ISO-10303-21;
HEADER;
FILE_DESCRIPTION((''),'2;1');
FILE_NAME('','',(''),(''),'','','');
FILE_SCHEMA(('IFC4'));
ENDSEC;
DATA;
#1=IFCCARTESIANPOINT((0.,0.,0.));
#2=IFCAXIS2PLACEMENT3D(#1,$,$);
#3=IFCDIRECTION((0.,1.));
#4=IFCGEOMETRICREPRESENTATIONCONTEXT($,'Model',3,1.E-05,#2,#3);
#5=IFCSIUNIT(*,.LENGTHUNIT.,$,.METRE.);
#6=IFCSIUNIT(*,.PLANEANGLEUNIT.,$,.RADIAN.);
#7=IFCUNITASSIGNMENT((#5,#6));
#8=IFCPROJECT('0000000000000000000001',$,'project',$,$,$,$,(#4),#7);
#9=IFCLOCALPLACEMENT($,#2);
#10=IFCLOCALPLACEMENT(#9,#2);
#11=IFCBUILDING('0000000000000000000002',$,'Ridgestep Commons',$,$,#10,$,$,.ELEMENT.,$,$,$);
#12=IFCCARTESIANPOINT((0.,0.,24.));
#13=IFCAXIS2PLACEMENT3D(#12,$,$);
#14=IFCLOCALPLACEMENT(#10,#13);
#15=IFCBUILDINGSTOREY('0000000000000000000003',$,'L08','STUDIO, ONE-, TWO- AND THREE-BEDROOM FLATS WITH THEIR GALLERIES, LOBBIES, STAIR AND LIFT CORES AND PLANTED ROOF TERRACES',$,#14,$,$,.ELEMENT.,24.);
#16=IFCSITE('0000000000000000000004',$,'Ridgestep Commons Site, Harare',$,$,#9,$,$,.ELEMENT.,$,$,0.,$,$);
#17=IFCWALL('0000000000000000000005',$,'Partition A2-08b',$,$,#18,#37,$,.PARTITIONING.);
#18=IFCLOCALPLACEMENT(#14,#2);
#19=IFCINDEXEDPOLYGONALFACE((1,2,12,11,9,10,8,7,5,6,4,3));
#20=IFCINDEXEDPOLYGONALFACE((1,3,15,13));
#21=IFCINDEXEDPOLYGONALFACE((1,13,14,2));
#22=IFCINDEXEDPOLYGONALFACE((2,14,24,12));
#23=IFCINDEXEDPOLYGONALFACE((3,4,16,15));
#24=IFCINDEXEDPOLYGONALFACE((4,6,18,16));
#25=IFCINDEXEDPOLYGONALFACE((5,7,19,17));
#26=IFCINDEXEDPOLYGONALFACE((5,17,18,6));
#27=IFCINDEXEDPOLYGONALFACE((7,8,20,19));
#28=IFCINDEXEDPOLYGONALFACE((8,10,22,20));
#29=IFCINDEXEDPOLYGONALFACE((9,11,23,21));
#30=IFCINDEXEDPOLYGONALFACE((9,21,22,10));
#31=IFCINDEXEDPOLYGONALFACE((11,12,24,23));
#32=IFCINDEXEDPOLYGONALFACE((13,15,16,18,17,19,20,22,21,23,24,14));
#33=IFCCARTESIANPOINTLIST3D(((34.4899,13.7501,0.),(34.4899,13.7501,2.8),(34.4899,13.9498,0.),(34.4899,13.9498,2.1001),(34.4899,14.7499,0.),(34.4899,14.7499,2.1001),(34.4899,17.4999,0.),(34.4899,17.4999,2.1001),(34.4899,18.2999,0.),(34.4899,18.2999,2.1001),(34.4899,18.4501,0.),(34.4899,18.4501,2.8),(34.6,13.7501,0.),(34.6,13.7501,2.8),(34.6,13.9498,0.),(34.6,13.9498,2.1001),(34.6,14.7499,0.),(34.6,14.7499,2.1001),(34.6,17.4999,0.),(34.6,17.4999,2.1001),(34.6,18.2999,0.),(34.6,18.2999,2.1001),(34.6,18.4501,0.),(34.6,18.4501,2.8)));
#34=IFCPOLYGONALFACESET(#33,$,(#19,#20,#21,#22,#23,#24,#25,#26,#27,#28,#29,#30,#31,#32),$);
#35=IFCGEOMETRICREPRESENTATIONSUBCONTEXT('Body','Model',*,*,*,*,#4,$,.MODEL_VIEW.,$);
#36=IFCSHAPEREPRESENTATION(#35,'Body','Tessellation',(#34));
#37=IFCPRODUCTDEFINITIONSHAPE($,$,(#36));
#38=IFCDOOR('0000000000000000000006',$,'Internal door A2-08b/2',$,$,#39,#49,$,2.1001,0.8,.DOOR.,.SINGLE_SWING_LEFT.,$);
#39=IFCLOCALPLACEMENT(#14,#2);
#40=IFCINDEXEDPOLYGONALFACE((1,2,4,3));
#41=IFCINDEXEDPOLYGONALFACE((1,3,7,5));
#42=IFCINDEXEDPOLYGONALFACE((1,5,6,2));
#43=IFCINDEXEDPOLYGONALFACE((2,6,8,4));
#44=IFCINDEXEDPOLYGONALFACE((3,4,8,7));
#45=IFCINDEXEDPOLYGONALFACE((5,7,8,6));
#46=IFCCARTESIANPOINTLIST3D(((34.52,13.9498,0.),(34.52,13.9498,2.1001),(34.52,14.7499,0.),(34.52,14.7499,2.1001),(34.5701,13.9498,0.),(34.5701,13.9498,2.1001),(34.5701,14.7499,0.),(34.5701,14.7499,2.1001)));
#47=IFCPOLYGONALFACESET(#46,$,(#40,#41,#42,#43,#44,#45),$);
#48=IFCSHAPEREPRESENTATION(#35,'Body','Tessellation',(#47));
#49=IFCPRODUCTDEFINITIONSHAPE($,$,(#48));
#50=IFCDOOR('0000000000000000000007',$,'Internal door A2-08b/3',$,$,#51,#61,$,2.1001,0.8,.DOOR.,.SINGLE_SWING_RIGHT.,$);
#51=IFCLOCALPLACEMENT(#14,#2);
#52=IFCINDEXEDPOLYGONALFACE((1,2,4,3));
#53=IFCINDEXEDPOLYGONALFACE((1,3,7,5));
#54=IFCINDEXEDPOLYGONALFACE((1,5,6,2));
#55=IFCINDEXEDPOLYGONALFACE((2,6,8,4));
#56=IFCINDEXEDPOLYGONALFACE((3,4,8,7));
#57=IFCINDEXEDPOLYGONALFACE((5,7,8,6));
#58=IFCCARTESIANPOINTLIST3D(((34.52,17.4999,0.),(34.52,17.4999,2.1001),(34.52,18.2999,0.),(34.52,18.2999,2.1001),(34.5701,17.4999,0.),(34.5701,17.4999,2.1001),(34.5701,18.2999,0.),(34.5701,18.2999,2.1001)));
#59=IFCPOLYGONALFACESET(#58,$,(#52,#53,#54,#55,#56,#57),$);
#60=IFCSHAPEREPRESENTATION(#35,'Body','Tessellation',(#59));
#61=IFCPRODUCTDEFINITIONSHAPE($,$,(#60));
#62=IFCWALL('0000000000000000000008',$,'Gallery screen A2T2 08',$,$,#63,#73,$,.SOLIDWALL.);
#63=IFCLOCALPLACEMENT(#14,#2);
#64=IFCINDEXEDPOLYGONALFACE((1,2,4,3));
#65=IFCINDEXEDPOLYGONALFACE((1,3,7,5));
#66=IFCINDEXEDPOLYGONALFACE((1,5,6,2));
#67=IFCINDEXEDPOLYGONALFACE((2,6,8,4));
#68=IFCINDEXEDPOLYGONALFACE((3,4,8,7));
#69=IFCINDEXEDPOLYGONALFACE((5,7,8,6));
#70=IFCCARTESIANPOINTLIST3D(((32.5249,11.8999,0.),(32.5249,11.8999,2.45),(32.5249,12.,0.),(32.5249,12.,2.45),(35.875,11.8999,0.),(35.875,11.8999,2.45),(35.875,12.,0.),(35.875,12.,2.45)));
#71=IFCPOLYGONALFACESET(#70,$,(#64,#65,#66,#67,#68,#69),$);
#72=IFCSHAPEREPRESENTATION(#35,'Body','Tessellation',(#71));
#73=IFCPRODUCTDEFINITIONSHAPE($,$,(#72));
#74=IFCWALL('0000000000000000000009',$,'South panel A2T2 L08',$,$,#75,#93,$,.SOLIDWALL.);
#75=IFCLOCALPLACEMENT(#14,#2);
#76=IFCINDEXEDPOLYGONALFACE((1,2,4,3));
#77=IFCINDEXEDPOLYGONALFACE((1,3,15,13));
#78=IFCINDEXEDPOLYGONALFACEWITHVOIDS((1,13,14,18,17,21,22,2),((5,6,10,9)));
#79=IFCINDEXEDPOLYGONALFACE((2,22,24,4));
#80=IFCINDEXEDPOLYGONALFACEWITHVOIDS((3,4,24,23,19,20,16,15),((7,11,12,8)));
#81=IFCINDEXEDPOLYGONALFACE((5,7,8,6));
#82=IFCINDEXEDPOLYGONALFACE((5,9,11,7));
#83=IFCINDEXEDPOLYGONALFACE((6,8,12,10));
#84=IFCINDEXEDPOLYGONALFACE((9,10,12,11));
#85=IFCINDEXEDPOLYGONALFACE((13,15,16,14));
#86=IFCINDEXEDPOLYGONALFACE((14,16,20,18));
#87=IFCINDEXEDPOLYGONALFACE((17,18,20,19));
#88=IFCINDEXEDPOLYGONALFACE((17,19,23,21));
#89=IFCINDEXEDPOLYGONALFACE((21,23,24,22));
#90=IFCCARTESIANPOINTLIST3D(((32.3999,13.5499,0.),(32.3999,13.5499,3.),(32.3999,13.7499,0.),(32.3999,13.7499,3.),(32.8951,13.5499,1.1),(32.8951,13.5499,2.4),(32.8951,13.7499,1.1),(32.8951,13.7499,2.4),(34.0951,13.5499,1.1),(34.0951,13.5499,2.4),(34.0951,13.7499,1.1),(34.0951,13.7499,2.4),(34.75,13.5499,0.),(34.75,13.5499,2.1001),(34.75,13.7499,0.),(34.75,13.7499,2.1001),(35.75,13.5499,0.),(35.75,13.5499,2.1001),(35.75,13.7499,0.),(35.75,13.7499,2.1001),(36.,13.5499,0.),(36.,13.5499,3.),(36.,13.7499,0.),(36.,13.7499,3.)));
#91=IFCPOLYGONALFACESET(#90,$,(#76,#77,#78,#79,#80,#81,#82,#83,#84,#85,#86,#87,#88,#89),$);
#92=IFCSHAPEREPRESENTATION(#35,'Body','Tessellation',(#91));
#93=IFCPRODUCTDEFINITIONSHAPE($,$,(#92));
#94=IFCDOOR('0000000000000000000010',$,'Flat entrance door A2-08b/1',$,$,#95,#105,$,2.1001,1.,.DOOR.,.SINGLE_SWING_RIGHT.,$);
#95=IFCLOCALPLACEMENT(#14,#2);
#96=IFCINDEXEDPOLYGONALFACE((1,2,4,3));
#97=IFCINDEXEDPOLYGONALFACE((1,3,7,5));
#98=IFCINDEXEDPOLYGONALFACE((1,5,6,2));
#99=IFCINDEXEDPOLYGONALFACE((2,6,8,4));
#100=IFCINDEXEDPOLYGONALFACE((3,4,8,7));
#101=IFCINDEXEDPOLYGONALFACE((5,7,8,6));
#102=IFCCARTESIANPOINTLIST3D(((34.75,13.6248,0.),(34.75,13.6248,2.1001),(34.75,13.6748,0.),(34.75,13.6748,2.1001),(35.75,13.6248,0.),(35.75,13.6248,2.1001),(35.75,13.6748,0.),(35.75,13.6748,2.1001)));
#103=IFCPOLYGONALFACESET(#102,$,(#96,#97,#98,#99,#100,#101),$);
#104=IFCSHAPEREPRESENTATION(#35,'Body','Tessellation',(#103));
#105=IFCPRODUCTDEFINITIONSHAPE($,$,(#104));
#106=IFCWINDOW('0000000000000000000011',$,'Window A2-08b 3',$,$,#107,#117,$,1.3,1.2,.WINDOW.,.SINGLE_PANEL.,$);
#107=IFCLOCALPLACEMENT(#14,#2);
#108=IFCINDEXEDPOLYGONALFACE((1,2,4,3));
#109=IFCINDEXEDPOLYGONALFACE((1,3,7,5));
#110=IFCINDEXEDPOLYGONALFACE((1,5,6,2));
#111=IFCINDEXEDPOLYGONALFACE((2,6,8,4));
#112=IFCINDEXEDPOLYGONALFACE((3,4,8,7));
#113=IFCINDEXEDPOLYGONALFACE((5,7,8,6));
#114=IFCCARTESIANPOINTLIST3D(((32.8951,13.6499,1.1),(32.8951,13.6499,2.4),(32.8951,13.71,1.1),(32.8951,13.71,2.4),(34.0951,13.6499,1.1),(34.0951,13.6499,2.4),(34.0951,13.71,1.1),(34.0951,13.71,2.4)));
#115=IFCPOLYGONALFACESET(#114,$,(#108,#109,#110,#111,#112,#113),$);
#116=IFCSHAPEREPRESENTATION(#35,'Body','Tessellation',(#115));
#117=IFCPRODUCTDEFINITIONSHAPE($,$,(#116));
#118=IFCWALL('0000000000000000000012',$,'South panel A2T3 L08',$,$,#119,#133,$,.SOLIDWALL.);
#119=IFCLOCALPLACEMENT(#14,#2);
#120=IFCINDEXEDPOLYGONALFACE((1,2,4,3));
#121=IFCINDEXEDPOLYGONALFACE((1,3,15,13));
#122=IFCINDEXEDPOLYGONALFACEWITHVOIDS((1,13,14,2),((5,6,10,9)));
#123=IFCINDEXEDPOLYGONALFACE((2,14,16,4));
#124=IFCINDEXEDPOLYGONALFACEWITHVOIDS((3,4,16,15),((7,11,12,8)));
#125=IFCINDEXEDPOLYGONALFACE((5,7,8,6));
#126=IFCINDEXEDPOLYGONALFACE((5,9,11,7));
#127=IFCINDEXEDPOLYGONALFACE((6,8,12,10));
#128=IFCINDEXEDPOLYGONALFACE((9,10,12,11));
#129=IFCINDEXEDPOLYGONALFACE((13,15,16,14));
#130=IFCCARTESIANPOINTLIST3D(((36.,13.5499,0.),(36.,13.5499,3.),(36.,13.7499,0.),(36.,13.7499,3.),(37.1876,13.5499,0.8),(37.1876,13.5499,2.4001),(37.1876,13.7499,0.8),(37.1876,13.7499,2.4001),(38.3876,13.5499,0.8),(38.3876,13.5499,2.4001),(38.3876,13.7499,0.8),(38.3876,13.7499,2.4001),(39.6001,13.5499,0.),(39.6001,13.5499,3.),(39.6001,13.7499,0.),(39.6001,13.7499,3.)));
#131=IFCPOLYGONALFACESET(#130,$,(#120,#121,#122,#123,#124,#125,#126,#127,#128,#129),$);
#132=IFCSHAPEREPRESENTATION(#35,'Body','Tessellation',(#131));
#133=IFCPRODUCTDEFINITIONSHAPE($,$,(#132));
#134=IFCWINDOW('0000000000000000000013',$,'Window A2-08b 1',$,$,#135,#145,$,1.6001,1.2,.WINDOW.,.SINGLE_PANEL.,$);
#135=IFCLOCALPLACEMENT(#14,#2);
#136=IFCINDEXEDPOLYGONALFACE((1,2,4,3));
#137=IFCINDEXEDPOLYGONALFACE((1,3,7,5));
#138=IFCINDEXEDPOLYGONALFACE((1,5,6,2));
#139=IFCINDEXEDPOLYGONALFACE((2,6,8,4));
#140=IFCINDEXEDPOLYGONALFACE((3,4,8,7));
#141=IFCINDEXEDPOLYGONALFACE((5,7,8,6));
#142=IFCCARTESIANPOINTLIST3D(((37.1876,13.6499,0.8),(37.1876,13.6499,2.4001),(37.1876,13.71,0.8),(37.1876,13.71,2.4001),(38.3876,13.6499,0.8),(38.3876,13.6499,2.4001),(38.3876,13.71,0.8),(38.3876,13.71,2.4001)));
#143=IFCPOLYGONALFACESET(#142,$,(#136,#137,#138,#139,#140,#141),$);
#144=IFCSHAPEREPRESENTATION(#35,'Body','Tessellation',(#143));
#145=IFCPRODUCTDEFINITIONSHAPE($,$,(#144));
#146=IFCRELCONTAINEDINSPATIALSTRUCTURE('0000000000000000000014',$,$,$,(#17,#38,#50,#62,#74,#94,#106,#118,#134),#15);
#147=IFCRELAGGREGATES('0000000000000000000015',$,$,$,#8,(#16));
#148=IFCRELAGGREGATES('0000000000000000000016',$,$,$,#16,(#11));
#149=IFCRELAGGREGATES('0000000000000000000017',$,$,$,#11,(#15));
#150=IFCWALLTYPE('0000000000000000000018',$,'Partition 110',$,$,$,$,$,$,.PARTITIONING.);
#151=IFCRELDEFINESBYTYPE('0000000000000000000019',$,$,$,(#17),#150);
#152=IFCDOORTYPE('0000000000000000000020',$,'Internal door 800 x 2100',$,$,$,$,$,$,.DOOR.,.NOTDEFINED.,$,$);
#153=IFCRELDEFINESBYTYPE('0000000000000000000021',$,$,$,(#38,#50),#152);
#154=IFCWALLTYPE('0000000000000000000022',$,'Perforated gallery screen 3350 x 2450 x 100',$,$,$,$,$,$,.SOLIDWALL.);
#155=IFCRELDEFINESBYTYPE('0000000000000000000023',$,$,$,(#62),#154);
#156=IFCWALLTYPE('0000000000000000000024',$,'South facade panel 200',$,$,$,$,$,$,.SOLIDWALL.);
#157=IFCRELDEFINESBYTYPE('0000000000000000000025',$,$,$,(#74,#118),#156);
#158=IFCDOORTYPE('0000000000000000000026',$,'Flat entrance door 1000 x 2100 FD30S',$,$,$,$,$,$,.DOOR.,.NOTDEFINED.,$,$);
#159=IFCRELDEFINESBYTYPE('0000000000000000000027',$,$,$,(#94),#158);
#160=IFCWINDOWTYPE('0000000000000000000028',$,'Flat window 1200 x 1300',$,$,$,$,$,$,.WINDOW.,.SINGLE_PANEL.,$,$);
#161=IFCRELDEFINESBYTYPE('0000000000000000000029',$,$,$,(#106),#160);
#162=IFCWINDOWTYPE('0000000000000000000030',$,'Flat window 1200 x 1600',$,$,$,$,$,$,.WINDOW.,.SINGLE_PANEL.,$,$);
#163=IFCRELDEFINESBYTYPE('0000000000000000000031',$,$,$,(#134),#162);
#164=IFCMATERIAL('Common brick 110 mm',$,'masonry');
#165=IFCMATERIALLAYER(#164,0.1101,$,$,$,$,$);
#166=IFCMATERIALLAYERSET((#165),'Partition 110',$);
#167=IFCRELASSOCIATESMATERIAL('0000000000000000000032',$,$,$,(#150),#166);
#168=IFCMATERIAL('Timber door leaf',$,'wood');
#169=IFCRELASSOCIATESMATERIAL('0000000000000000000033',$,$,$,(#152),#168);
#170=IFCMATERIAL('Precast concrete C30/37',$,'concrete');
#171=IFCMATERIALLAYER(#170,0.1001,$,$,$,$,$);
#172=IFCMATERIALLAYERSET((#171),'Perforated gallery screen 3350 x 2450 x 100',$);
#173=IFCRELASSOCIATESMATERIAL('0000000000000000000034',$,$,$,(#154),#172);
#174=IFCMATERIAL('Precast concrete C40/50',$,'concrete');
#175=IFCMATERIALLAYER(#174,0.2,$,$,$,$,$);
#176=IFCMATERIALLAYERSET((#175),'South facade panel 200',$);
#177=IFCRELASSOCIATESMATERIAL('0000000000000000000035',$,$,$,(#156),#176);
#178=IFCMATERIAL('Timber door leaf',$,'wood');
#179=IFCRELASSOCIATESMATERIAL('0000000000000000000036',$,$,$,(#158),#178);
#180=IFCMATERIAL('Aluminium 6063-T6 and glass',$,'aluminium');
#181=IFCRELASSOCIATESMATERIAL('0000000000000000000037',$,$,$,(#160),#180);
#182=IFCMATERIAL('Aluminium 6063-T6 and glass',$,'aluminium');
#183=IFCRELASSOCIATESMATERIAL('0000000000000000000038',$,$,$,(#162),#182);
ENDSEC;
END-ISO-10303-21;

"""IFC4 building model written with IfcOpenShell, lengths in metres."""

from ifc_helpers import new_model, si_unit, direction, frame, frame_2d, origin, place, context, subcontext, project, spatial, rectangle, extrude, material, layer, layer_set, type_object, element, fill, save


model = new_model("IFC4")

# Units and contexts
model_context = context("Model", 3, precision=1e-05, world=origin(), true_north=direction((0.0, 1.0)))
body_context = subcontext(model_context, "Body", "Model", "MODEL_VIEW")
ifc_project = project(units=[si_unit("LENGTHUNIT", "METRE"), si_unit("PLANEANGLEUNIT", "RADIAN")], contexts=[model_context])

# Site, building, storey
site_placement = place(None, origin())
site = spatial("IfcSite", under=ifc_project, at=site_placement, Name="Ridgestep Commons Site, Harare", CompositionType="ELEMENT", RefElevation=0.0)
building_placement = place(site_placement, origin())
building = spatial("IfcBuilding", under=site, at=building_placement, Name="Ridgestep Commons", CompositionType="ELEMENT")
storey_placement = place(building_placement, frame((0.0, 0.0, 24.0)))
storey = spatial("IfcBuildingStorey", under=building, at=storey_placement, Name="L08", Description="STUDIO, ONE-, TWO- AND THREE-BEDROOM FLATS WITH THEIR GALLERIES, LOBBIES, STAIR AND LIFT CORES AND PLANTED ROOF TERRACES", CompositionType="ELEMENT", Elevation=24.0)

# Wall, openings, doors
ifc_material_1 = material(Name="Common brick 110 mm", Category="masonry")
ifc_layer_1 = layer(ifc_material_1, 0.1101)
ifc_layer_set_1 = layer_set([ifc_layer_1], Name="Partition 110")
wall_type_1 = type_object("IfcWallType", Name="Partition 110", PredefinedType="PARTITIONING", material=ifc_layer_set_1)
ifc_material_2 = material(Name="Timber door leaf", Category="wood")
door_type_1 = type_object("IfcDoorType", Name="Internal door 800 x 2100", OperationType="NOTDEFINED", PredefinedType="DOOR", material=ifc_material_2)
wall_1_placement = place(storey_placement, frame((34.5449, 13.75, 0.0), z_axis=(0.0, 0.0, 1.0), x_axis=(0.0, 1.0, 0.0)))
wall_1 = element("IfcWall", 1, at=wall_1_placement, inside=storey, type_object=wall_type_1, Name="Partition A2-08b", PredefinedType="PARTITIONING", context=body_context, shape_type="SweptSolid", body=[
    extrude(rectangle(XDim=4.7, YDim=0.1101, at=frame_2d((2.3501, 0.0))), origin(), (0.0, 0.0, 1.0), 2.8),
])
opening_1_placement = place(wall_1_placement, frame((0.2, 0.0, 0.0)))
opening_1 = element("IfcOpeningElement", 2, at=opening_1_placement, cuts=wall_1, PredefinedType="OPENING", context=body_context, shape_type="SweptSolid", body=[
    extrude(rectangle(XDim=0.8, YDim=2.1001, at=frame_2d((0.3999, 1.05))), frame((0.0, 0.0649, 0.0), z_axis=(0.0, -1.0, 0.0), x_axis=(1.0, 0.0, 0.0)), (0.0, 0.0, 1.0), 0.1301),
])
opening_2_placement = place(wall_1_placement, frame((3.75, 0.0, 0.0)))
opening_2 = element("IfcOpeningElement", 3, at=opening_2_placement, cuts=wall_1, PredefinedType="OPENING", context=body_context, shape_type="SweptSolid", body=[
    extrude(rectangle(XDim=0.8, YDim=2.1001, at=frame_2d((0.3999, 1.05))), frame((0.0, 0.0649, 0.0), z_axis=(0.0, -1.0, 0.0), x_axis=(1.0, 0.0, 0.0)), (0.0, 0.0, 1.0), 0.1301),
])
door_1_placement = place(opening_1_placement, origin())
door_1 = element("IfcDoor", 4, at=door_1_placement, inside=storey, type_object=door_type_1, Name="Internal door A2-08b/2", OperationType="SINGLE_SWING_LEFT", OverallHeight=2.1001, OverallWidth=0.8, PredefinedType="DOOR", context=body_context, shape_type="SweptSolid", body=[
    extrude(rectangle(XDim=0.8, YDim=2.1001, at=frame_2d((0.3999, 1.05))), frame((0.0, 0.0249, 0.0), z_axis=(0.0, -1.0, 0.0), x_axis=(1.0, 0.0, 0.0)), (0.0, 0.0, 1.0), 0.05),
])
fill(opening_1, door_1)
door_2_placement = place(opening_2_placement, origin())
door_2 = element("IfcDoor", 5, at=door_2_placement, inside=storey, type_object=door_type_1, Name="Internal door A2-08b/3", OperationType="SINGLE_SWING_RIGHT", OverallHeight=2.1001, OverallWidth=0.8, PredefinedType="DOOR", context=body_context, shape_type="SweptSolid", body=[
    extrude(rectangle(XDim=0.8, YDim=2.1001, at=frame_2d((0.3999, 1.05))), frame((0.0, 0.0249, 0.0), z_axis=(0.0, -1.0, 0.0), x_axis=(1.0, 0.0, 0.0)), (0.0, 0.0, 1.0), 0.05),
])
fill(opening_2, door_2)

# Wall
ifc_material_3 = material(Name="Precast concrete C30/37", Category="concrete")
ifc_layer_2 = layer(ifc_material_3, 0.1001)
ifc_layer_set_2 = layer_set([ifc_layer_2], Name="Perforated gallery screen 3350 x 2450 x 100")
wall_type_2 = type_object("IfcWallType", Name="Perforated gallery screen 3350 x 2450 x 100", PredefinedType="SOLIDWALL", material=ifc_layer_set_2)
wall_2_placement = place(storey_placement, frame((32.5249, 11.95, 0.0), z_axis=(0.0, 0.0, 1.0), x_axis=(1.0, 0.0, 0.0)))
element("IfcWall", 6, at=wall_2_placement, inside=storey, type_object=wall_type_2, Name="Gallery screen A2T2 08", PredefinedType="SOLIDWALL", context=body_context, shape_type="SweptSolid", body=[
    extrude(rectangle(XDim=3.3501, YDim=0.1001, at=frame_2d((1.675, 0.0))), origin(), (0.0, 0.0, 1.0), 2.45),
])

# Wall, openings, door, window
ifc_material_4 = material(Name="Precast concrete C40/50", Category="concrete")
ifc_layer_3 = layer(ifc_material_4, 0.2)
ifc_layer_set_3 = layer_set([ifc_layer_3], Name="South facade panel 200")
wall_type_3 = type_object("IfcWallType", Name="South facade panel 200", PredefinedType="SOLIDWALL", material=ifc_layer_set_3)
wall_3_placement = place(storey_placement, frame((32.3999, 13.6499, 0.0), z_axis=(0.0, 0.0, 1.0), x_axis=(1.0, 0.0, 0.0)))
wall_3 = element("IfcWall", 7, at=wall_3_placement, inside=storey, type_object=wall_type_3, Name="South panel A2T2 L08", PredefinedType="SOLIDWALL", context=body_context, shape_type="SweptSolid", body=[
    extrude(rectangle(XDim=3.6001, YDim=0.2, at=frame_2d((1.8, 0.0))), origin(), (0.0, 0.0, 1.0), 3.0),
])
opening_3_placement = place(wall_3_placement, frame((0.4951, 0.0, 1.1001)))
opening_3 = element("IfcOpeningElement", 8, at=opening_3_placement, cuts=wall_3, PredefinedType="OPENING", context=body_context, shape_type="SweptSolid", body=[
    extrude(rectangle(XDim=1.2, YDim=1.3, at=frame_2d((0.6001, 0.6499))), frame((0.0, 0.1099, 0.0), z_axis=(0.0, -1.0, 0.0), x_axis=(1.0, 0.0, 0.0)), (0.0, 0.0, 1.0), 0.22),
])
opening_4_placement = place(wall_3_placement, frame((2.3501, 0.0, 0.0)))
opening_4 = element("IfcOpeningElement", 9, at=opening_4_placement, cuts=wall_3, PredefinedType="OPENING", context=body_context, shape_type="SweptSolid", body=[
    extrude(rectangle(XDim=1.0, YDim=2.1001, at=frame_2d((0.5, 1.05))), frame((0.0, 0.1099, 0.0), z_axis=(0.0, -1.0, 0.0), x_axis=(1.0, 0.0, 0.0)), (0.0, 0.0, 1.0), 0.22),
])
ifc_material_5 = material(Name="Timber door leaf", Category="wood")
door_type_2 = type_object("IfcDoorType", Name="Flat entrance door 1000 x 2100 FD30S", OperationType="NOTDEFINED", PredefinedType="DOOR", material=ifc_material_5)
door_3_placement = place(opening_4_placement, origin())
door_3 = element("IfcDoor", 10, at=door_3_placement, inside=storey, type_object=door_type_2, Name="Flat entrance door A2-08b/1", OperationType="SINGLE_SWING_RIGHT", OverallHeight=2.1001, OverallWidth=1.0, PredefinedType="DOOR", context=body_context, shape_type="SweptSolid", body=[
    extrude(rectangle(XDim=1.0, YDim=2.1001, at=frame_2d((0.5, 1.05))), frame((0.0, 0.0249, 0.0), z_axis=(0.0, -1.0, 0.0), x_axis=(1.0, 0.0, 0.0)), (0.0, 0.0, 1.0), 0.05),
])
fill(opening_4, door_3)
ifc_material_6 = material(Name="Aluminium 6063-T6 and glass", Category="aluminium")
window_type_1 = type_object("IfcWindowType", Name="Flat window 1200 x 1300", PartitioningType="SINGLE_PANEL", PredefinedType="WINDOW", material=ifc_material_6)
window_1_placement = place(opening_3_placement, origin())
window_1 = element("IfcWindow", 11, at=window_1_placement, inside=storey, type_object=window_type_1, Name="Window A2-08b 3", OverallHeight=1.3, OverallWidth=1.2, PartitioningType="SINGLE_PANEL", PredefinedType="WINDOW", context=body_context, shape_type="SweptSolid", body=[
    extrude(rectangle(XDim=1.2, YDim=1.3, at=frame_2d((0.6001, 0.6499))), frame((0.0, 0.0601, 0.0), z_axis=(0.0, -1.0, 0.0), x_axis=(1.0, 0.0, 0.0)), (0.0, 0.0, 1.0), 0.0601),
])
fill(opening_3, window_1)

# Wall, opening, window
wall_4_placement = place(storey_placement, frame((36.0, 13.6499, 0.0), z_axis=(0.0, 0.0, 1.0), x_axis=(1.0, 0.0, 0.0)))
wall_4 = element("IfcWall", 12, at=wall_4_placement, inside=storey, type_object=wall_type_3, Name="South panel A2T3 L08", PredefinedType="SOLIDWALL", context=body_context, shape_type="SweptSolid", body=[
    extrude(rectangle(XDim=3.6001, YDim=0.2, at=frame_2d((1.8, 0.0))), origin(), (0.0, 0.0, 1.0), 3.0),
])
opening_5_placement = place(wall_4_placement, frame((1.1875, 0.0, 0.8)))
opening_5 = element("IfcOpeningElement", 13, at=opening_5_placement, cuts=wall_4, PredefinedType="OPENING", context=body_context, shape_type="SweptSolid", body=[
    extrude(rectangle(XDim=1.2, YDim=1.6001, at=frame_2d((0.6001, 0.8))), frame((0.0, 0.1099, 0.0), z_axis=(0.0, -1.0, 0.0), x_axis=(1.0, 0.0, 0.0)), (0.0, 0.0, 1.0), 0.22),
])
ifc_material_7 = material(Name="Aluminium 6063-T6 and glass", Category="aluminium")
window_type_2 = type_object("IfcWindowType", Name="Flat window 1200 x 1600", PartitioningType="SINGLE_PANEL", PredefinedType="WINDOW", material=ifc_material_7)
window_2_placement = place(opening_5_placement, origin())
window_2 = element("IfcWindow", 14, at=window_2_placement, inside=storey, type_object=window_type_2, Name="Window A2-08b 1", OverallHeight=1.6001, OverallWidth=1.2, PartitioningType="SINGLE_PANEL", PredefinedType="WINDOW", context=body_context, shape_type="SweptSolid", body=[
    extrude(rectangle(XDim=1.2, YDim=1.6001, at=frame_2d((0.6001, 0.8))), frame((0.0, 0.0601, 0.0), z_axis=(0.0, -1.0, 0.0), x_axis=(1.0, 0.0, 0.0)), (0.0, 0.0, 1.0), 0.0601),
])
fill(opening_5, window_2)

save(model, "model.ifc")
